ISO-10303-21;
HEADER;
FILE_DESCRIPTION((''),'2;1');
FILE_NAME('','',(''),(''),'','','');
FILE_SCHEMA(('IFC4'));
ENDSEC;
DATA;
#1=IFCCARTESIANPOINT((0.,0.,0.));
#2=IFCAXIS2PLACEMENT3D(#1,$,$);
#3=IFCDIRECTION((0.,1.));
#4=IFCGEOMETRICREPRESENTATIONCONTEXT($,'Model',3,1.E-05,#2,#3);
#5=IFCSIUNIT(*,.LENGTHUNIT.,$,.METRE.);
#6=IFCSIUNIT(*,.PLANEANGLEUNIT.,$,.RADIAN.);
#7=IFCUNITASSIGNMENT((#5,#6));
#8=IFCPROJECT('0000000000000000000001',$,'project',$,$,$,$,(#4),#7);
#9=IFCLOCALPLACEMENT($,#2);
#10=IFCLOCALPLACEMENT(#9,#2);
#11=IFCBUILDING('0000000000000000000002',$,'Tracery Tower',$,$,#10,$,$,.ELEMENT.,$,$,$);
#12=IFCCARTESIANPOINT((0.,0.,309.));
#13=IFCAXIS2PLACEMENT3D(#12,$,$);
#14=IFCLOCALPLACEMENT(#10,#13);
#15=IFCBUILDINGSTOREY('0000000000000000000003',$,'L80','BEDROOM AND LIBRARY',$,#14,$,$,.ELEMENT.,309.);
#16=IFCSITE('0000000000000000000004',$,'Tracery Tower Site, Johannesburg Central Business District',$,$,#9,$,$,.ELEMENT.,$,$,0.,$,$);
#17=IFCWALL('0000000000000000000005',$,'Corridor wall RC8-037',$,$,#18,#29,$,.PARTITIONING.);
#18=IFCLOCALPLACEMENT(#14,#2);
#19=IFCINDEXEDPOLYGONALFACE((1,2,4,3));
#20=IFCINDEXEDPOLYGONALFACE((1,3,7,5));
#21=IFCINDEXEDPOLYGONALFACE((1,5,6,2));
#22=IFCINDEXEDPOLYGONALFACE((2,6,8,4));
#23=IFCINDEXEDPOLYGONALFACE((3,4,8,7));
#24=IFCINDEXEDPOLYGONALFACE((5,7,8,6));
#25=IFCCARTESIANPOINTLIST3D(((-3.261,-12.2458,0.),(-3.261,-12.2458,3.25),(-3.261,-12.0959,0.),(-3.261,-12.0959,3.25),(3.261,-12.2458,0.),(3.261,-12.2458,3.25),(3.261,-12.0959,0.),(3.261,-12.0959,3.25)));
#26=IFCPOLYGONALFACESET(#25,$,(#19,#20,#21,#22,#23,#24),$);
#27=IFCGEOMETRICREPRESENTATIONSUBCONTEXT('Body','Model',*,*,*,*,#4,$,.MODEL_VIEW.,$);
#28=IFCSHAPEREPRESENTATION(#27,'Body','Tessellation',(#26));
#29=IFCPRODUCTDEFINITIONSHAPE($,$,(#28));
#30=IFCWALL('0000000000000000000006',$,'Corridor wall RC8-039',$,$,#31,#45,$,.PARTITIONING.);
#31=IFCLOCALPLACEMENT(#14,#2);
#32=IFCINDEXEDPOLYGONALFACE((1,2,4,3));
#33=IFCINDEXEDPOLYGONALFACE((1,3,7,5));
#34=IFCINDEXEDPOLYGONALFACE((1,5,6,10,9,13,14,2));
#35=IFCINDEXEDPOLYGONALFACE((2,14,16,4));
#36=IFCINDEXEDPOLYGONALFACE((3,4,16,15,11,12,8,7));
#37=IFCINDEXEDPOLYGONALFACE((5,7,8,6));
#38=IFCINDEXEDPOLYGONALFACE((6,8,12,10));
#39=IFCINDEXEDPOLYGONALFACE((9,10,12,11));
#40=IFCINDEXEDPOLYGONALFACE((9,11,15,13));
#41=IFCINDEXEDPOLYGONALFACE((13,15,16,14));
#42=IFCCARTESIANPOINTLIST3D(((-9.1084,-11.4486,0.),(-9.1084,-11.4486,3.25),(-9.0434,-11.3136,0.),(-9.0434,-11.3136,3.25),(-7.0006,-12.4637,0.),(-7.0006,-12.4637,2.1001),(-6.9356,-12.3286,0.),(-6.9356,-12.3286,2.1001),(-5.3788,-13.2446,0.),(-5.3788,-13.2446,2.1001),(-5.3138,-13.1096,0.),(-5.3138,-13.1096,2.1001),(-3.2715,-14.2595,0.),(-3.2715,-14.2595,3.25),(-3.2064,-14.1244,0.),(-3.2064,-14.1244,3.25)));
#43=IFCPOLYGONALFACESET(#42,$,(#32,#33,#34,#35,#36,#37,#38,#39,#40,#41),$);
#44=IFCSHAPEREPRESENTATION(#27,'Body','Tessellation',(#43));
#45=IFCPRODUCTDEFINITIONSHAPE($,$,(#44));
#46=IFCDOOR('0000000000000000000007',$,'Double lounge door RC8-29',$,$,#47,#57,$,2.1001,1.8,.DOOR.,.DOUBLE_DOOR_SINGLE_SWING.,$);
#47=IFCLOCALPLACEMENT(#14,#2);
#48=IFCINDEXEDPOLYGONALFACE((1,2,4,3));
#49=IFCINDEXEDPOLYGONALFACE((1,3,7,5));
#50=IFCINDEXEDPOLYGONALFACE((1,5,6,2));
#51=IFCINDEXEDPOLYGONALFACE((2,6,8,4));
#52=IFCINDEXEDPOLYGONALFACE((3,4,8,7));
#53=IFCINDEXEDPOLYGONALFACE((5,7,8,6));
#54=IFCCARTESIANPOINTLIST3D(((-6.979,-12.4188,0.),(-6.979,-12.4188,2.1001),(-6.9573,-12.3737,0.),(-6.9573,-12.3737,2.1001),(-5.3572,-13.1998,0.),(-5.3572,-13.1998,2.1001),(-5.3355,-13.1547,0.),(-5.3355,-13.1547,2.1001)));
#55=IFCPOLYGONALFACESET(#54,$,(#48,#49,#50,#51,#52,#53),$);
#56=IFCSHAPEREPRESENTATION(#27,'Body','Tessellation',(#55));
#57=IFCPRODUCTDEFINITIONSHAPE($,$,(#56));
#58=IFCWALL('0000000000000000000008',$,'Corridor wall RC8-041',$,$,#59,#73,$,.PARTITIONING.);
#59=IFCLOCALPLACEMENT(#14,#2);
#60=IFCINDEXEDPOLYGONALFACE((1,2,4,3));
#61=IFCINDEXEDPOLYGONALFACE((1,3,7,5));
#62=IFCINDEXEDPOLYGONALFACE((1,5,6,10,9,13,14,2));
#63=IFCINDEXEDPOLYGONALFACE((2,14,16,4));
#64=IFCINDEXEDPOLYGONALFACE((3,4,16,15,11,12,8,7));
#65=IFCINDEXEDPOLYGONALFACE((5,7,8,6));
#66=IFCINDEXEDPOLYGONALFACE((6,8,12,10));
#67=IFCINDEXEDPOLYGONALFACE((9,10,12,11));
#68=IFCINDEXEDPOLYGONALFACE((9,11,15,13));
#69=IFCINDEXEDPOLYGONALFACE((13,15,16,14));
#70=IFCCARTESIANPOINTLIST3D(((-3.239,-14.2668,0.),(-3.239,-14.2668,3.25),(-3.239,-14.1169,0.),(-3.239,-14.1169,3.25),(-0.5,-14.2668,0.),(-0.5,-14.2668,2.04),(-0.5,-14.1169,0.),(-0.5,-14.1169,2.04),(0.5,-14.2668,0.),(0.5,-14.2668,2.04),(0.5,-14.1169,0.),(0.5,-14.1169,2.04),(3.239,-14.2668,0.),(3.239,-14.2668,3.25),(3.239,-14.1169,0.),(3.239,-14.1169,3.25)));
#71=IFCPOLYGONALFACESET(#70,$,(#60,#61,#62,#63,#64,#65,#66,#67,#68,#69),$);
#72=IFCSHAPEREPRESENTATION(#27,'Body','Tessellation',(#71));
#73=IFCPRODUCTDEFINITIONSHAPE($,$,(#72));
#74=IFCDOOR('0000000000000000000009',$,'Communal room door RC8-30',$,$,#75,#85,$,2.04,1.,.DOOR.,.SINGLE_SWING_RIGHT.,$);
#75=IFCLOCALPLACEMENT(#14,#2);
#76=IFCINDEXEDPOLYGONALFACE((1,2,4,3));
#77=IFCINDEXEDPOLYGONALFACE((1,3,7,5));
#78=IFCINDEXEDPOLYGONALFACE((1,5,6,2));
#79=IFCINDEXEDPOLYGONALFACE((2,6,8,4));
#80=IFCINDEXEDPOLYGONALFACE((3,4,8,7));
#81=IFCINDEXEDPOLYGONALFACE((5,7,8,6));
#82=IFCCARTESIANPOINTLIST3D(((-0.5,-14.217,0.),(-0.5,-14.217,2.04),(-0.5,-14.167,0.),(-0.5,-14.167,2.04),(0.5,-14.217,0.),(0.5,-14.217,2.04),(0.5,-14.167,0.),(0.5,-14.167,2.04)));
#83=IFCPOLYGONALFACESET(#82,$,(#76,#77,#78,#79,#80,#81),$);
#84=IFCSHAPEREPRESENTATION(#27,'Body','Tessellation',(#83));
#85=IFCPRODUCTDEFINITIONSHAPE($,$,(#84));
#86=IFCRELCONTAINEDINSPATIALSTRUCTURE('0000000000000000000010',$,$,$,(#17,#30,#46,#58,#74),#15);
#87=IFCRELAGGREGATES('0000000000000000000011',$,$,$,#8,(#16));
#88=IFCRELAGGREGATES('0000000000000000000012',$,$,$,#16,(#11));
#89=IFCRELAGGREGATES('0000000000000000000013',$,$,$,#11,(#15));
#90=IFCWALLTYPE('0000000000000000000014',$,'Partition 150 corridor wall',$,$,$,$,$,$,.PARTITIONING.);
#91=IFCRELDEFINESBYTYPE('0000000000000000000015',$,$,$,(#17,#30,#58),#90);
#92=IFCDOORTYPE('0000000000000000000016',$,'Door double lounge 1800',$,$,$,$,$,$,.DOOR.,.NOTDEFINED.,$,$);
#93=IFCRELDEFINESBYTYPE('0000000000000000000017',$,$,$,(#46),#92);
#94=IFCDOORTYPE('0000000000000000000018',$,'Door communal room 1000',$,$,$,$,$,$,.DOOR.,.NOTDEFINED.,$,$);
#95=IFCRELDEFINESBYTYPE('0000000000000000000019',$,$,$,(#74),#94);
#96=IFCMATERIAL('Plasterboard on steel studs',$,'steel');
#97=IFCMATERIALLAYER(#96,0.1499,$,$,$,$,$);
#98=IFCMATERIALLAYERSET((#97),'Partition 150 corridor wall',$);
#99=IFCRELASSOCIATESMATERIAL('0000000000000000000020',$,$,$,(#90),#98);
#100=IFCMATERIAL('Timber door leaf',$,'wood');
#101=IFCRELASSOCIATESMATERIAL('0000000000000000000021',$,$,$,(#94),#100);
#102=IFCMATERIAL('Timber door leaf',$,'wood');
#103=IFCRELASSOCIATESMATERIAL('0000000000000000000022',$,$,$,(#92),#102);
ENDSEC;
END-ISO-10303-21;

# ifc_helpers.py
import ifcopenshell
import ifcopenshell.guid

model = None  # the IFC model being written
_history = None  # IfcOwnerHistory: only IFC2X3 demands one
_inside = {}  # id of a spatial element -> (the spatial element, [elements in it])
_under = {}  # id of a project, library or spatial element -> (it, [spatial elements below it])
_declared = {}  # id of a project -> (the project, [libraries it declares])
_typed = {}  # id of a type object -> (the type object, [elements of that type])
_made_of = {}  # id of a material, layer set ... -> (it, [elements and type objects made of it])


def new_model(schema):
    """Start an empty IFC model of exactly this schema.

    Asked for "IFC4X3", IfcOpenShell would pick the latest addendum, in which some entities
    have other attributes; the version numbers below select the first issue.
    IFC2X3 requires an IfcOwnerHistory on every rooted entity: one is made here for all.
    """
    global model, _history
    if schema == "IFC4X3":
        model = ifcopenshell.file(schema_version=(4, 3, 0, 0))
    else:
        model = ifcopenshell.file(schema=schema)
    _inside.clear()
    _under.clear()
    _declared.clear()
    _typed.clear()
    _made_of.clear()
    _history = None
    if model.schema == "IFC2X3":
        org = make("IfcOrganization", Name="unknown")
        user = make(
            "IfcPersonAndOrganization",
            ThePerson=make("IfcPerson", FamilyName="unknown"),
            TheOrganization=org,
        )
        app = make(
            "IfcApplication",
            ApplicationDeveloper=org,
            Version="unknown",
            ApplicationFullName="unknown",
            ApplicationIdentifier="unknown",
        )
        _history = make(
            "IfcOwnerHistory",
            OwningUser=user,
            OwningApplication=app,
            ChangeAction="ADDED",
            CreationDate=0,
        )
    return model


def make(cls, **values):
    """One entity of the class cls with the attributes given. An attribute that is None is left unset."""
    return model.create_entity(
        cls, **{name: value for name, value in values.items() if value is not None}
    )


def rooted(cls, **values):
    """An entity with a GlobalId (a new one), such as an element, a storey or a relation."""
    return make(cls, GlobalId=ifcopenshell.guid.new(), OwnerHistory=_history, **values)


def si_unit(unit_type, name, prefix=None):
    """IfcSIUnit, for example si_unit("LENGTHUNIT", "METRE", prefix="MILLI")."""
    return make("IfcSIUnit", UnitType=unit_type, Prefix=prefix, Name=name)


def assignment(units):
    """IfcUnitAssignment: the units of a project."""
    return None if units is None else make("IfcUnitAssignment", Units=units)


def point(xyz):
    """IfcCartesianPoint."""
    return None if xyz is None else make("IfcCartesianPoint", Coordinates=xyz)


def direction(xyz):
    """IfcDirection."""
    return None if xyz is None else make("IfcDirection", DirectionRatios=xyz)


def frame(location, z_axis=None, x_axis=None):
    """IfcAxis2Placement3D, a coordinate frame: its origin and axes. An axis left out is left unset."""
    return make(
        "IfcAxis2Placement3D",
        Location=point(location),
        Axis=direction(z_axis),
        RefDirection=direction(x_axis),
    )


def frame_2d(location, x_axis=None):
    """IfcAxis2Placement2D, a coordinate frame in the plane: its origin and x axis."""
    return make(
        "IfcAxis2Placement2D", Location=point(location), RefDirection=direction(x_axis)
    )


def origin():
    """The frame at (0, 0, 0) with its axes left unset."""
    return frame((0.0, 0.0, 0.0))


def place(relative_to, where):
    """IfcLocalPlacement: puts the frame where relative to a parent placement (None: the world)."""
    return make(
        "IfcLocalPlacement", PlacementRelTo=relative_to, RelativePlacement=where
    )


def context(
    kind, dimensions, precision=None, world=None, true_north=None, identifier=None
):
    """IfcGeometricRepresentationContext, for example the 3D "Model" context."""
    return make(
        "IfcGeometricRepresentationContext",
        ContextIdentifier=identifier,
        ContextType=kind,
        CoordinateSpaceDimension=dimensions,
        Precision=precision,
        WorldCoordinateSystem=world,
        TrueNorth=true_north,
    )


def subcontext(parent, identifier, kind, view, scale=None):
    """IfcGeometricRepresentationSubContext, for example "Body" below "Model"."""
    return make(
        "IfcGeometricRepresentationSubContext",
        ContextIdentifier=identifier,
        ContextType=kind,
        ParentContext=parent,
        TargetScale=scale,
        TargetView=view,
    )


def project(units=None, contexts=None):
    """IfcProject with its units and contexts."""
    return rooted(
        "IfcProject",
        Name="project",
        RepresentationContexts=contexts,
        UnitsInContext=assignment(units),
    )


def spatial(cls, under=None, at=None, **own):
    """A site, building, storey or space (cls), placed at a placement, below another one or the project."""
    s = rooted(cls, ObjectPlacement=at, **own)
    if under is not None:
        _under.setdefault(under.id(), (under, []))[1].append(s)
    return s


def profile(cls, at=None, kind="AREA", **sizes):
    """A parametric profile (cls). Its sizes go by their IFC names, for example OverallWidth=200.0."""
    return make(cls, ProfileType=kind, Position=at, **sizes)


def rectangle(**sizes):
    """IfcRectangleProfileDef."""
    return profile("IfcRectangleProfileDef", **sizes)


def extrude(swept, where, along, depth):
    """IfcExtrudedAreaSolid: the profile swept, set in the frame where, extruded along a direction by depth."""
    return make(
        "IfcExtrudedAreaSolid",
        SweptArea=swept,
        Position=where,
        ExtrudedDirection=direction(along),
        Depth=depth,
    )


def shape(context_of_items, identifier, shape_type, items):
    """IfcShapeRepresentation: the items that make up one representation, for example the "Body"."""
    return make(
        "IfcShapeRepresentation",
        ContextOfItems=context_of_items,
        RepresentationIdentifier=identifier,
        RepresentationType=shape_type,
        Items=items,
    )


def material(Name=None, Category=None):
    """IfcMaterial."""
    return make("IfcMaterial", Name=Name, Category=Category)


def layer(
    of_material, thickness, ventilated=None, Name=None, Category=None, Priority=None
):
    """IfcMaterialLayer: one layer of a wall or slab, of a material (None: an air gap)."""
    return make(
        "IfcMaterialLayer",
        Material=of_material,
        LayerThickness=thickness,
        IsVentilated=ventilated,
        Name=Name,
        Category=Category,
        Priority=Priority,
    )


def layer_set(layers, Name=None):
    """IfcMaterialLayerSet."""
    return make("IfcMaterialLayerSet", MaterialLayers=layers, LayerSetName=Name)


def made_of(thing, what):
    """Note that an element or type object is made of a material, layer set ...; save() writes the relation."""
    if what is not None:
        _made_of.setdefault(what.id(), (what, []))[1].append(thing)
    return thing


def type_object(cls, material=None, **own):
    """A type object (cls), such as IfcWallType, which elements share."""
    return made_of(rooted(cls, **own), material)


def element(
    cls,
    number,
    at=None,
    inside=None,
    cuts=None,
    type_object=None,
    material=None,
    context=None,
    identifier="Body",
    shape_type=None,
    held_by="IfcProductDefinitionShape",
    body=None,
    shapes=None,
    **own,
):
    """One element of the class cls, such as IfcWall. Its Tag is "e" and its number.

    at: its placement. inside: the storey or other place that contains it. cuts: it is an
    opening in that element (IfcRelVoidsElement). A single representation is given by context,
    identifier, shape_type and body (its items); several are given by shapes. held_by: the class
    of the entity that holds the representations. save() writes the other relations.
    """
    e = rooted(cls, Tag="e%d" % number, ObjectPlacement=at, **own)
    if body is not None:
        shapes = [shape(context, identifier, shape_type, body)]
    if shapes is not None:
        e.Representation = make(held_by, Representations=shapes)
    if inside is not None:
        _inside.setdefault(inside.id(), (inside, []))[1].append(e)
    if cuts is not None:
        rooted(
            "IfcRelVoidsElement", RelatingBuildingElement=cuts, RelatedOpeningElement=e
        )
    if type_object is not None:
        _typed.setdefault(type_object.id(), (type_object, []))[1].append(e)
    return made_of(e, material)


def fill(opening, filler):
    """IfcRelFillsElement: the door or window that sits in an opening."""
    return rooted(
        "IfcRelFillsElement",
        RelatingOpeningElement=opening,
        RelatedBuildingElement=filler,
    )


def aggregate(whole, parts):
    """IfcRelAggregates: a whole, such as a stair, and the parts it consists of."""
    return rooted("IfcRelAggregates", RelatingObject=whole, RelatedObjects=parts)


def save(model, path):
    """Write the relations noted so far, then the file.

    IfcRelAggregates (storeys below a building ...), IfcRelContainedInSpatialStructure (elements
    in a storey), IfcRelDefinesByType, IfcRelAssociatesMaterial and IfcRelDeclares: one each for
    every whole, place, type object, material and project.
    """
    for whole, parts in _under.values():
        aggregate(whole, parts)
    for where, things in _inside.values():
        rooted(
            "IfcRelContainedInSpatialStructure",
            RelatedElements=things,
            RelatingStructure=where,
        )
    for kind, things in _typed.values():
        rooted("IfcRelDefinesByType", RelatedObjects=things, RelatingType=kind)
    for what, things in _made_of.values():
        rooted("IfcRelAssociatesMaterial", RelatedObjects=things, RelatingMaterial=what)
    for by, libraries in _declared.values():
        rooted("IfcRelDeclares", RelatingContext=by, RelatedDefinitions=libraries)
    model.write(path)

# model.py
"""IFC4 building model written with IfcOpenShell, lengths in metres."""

from ifc_helpers import new_model, si_unit, direction, frame, frame_2d, origin, place, context, subcontext, project, spatial, rectangle, extrude, material, layer, layer_set, type_object, element, fill, save


model = new_model("IFC4")

# Units and contexts
model_context = context("Model", 3, precision=1e-05, world=origin(), true_north=direction((0.0, 1.0)))
body_context = subcontext(model_context, "Body", "Model", "MODEL_VIEW")
ifc_project = project(units=[si_unit("LENGTHUNIT", "METRE"), si_unit("PLANEANGLEUNIT", "RADIAN")], contexts=[model_context])

# Site, building, storey
site_placement = place(None, origin())
site = spatial("IfcSite", under=ifc_project, at=site_placement, Name="Tracery Tower Site, Johannesburg Central Business District", CompositionType="ELEMENT", RefElevation=0.0)
building_placement = place(site_placement, origin())
building = spatial("IfcBuilding", under=site, at=building_placement, Name="Tracery Tower", CompositionType="ELEMENT")
storey_placement = place(building_placement, frame((0.0, 0.0, 309.0)))
storey = spatial("IfcBuildingStorey", under=building, at=storey_placement, Name="L80", Description="BEDROOM AND LIBRARY", CompositionType="ELEMENT", Elevation=309.0)

# Shared definitions
ifc_material_1 = material(Name="Plasterboard on steel studs", Category="steel")
ifc_layer_1 = layer(ifc_material_1, 0.1499)
ifc_layer_set_1 = layer_set([ifc_layer_1], Name="Partition 150 corridor wall")
wall_type_1 = type_object("IfcWallType", Name="Partition 150 corridor wall", PredefinedType="PARTITIONING", material=ifc_layer_set_1)
ifc_material_2 = material(Name="Timber door leaf", Category="wood")
door_type_1 = type_object("IfcDoorType", Name="Door communal room 1000", OperationType="NOTDEFINED", PredefinedType="DOOR", material=ifc_material_2)

# Wall
wall_1_placement = place(storey_placement, frame((-3.261, -12.1709, 0.0), z_axis=(0.0, 0.0, 1.0), x_axis=(1.0, 0.0, 0.0)))
element("IfcWall", 1, at=wall_1_placement, inside=storey, type_object=wall_type_1, Name="Corridor wall RC8-037", PredefinedType="PARTITIONING", context=body_context, shape_type="SweptSolid", body=[
    extrude(rectangle(XDim=6.522, YDim=0.1499, at=frame_2d((3.261, 0.0))), origin(), (0.0, 0.0, 1.0), 3.25),
])

# Walls, openings, doors
wall_2_placement = place(storey_placement, frame((-9.0759, -11.3811, 0.0), z_axis=(0.0, 0.0, 1.0), x_axis=(0.900976, -0.433869, 0.0)))
wall_2 = element("IfcWall", 2, at=wall_2_placement, inside=storey, type_object=wall_type_1, Name="Corridor wall RC8-039", PredefinedType="PARTITIONING", context=body_context, shape_type="SweptSolid", body=[
    extrude(rectangle(XDim=6.4785, YDim=0.1499, at=frame_2d((3.2393, 0.0))), origin(), (0.0, 0.0, 1.0), 3.25),
])
opening_1_placement = place(wall_2_placement, frame((2.3396, 0.0, 0.0)))
opening_1 = element("IfcOpeningElement", 3, at=opening_1_placement, cuts=wall_2, PredefinedType="OPENING", context=body_context, shape_type="SweptSolid", body=[
    extrude(rectangle(XDim=1.8, YDim=2.1001, at=frame_2d((0.8999, 1.05))), frame((0.0, 0.075, 0.0), z_axis=(0.0, -1.0, 0.0), x_axis=(1.0, 0.0, 0.0)), (0.0, 0.0, 1.0), 0.1499),
])
ifc_material_3 = material(Name="Timber door leaf", Category="wood")
door_type_2 = type_object("IfcDoorType", Name="Door double lounge 1800", OperationType="NOTDEFINED", PredefinedType="DOOR", material=ifc_material_3)
door_1_placement = place(opening_1_placement, origin())
door_1 = element("IfcDoor", 4, at=door_1_placement, inside=storey, type_object=door_type_2, Name="Double lounge door RC8-29", OperationType="DOUBLE_DOOR_SINGLE_SWING", OverallHeight=2.1001, OverallWidth=1.8, PredefinedType="DOOR", context=body_context, shape_type="SweptSolid", body=[
    extrude(rectangle(XDim=1.8, YDim=2.1001, at=frame_2d((0.8999, 1.05))), frame((0.0, 0.0249, 0.0), z_axis=(0.0, -1.0, 0.0), x_axis=(1.0, 0.0, 0.0)), (0.0, 0.0, 1.0), 0.05),
])
fill(opening_1, door_1)
wall_3_placement = place(storey_placement, frame((-3.239, -14.1919, 0.0), z_axis=(0.0, 0.0, 1.0), x_axis=(1.0, 0.0, 0.0)))
wall_3 = element("IfcWall", 5, at=wall_3_placement, inside=storey, type_object=wall_type_1, Name="Corridor wall RC8-041", PredefinedType="PARTITIONING", context=body_context, shape_type="SweptSolid", body=[
    extrude(rectangle(XDim=6.478, YDim=0.1499, at=frame_2d((3.239, 0.0))), origin(), (0.0, 0.0, 1.0), 3.25),
])
opening_2_placement = place(wall_3_placement, frame((2.739, 0.0, 0.0)))
opening_2 = element("IfcOpeningElement", 6, at=opening_2_placement, cuts=wall_3, PredefinedType="OPENING", context=body_context, shape_type="SweptSolid", body=[
    extrude(rectangle(XDim=1.0, YDim=2.04, at=frame_2d((0.5, 1.02))), frame((0.0, 0.075, 0.0), z_axis=(0.0, -1.0, 0.0), x_axis=(1.0, 0.0, 0.0)), (0.0, 0.0, 1.0), 0.1499),
])
door_2_placement = place(opening_2_placement, origin())
door_2 = element("IfcDoor", 7, at=door_2_placement, inside=storey, type_object=door_type_1, Name="Communal room door RC8-30", OperationType="SINGLE_SWING_RIGHT", OverallHeight=2.04, OverallWidth=1.0, PredefinedType="DOOR", context=body_context, shape_type="SweptSolid", body=[
    extrude(rectangle(XDim=1.0, YDim=2.04, at=frame_2d((0.5, 1.02))), frame((0.0, 0.0249, 0.0), z_axis=(0.0, -1.0, 0.0), x_axis=(1.0, 0.0, 0.0)), (0.0, 0.0, 1.0), 0.05),
])
fill(opening_2, door_2)

save(model, "model.ifc")
